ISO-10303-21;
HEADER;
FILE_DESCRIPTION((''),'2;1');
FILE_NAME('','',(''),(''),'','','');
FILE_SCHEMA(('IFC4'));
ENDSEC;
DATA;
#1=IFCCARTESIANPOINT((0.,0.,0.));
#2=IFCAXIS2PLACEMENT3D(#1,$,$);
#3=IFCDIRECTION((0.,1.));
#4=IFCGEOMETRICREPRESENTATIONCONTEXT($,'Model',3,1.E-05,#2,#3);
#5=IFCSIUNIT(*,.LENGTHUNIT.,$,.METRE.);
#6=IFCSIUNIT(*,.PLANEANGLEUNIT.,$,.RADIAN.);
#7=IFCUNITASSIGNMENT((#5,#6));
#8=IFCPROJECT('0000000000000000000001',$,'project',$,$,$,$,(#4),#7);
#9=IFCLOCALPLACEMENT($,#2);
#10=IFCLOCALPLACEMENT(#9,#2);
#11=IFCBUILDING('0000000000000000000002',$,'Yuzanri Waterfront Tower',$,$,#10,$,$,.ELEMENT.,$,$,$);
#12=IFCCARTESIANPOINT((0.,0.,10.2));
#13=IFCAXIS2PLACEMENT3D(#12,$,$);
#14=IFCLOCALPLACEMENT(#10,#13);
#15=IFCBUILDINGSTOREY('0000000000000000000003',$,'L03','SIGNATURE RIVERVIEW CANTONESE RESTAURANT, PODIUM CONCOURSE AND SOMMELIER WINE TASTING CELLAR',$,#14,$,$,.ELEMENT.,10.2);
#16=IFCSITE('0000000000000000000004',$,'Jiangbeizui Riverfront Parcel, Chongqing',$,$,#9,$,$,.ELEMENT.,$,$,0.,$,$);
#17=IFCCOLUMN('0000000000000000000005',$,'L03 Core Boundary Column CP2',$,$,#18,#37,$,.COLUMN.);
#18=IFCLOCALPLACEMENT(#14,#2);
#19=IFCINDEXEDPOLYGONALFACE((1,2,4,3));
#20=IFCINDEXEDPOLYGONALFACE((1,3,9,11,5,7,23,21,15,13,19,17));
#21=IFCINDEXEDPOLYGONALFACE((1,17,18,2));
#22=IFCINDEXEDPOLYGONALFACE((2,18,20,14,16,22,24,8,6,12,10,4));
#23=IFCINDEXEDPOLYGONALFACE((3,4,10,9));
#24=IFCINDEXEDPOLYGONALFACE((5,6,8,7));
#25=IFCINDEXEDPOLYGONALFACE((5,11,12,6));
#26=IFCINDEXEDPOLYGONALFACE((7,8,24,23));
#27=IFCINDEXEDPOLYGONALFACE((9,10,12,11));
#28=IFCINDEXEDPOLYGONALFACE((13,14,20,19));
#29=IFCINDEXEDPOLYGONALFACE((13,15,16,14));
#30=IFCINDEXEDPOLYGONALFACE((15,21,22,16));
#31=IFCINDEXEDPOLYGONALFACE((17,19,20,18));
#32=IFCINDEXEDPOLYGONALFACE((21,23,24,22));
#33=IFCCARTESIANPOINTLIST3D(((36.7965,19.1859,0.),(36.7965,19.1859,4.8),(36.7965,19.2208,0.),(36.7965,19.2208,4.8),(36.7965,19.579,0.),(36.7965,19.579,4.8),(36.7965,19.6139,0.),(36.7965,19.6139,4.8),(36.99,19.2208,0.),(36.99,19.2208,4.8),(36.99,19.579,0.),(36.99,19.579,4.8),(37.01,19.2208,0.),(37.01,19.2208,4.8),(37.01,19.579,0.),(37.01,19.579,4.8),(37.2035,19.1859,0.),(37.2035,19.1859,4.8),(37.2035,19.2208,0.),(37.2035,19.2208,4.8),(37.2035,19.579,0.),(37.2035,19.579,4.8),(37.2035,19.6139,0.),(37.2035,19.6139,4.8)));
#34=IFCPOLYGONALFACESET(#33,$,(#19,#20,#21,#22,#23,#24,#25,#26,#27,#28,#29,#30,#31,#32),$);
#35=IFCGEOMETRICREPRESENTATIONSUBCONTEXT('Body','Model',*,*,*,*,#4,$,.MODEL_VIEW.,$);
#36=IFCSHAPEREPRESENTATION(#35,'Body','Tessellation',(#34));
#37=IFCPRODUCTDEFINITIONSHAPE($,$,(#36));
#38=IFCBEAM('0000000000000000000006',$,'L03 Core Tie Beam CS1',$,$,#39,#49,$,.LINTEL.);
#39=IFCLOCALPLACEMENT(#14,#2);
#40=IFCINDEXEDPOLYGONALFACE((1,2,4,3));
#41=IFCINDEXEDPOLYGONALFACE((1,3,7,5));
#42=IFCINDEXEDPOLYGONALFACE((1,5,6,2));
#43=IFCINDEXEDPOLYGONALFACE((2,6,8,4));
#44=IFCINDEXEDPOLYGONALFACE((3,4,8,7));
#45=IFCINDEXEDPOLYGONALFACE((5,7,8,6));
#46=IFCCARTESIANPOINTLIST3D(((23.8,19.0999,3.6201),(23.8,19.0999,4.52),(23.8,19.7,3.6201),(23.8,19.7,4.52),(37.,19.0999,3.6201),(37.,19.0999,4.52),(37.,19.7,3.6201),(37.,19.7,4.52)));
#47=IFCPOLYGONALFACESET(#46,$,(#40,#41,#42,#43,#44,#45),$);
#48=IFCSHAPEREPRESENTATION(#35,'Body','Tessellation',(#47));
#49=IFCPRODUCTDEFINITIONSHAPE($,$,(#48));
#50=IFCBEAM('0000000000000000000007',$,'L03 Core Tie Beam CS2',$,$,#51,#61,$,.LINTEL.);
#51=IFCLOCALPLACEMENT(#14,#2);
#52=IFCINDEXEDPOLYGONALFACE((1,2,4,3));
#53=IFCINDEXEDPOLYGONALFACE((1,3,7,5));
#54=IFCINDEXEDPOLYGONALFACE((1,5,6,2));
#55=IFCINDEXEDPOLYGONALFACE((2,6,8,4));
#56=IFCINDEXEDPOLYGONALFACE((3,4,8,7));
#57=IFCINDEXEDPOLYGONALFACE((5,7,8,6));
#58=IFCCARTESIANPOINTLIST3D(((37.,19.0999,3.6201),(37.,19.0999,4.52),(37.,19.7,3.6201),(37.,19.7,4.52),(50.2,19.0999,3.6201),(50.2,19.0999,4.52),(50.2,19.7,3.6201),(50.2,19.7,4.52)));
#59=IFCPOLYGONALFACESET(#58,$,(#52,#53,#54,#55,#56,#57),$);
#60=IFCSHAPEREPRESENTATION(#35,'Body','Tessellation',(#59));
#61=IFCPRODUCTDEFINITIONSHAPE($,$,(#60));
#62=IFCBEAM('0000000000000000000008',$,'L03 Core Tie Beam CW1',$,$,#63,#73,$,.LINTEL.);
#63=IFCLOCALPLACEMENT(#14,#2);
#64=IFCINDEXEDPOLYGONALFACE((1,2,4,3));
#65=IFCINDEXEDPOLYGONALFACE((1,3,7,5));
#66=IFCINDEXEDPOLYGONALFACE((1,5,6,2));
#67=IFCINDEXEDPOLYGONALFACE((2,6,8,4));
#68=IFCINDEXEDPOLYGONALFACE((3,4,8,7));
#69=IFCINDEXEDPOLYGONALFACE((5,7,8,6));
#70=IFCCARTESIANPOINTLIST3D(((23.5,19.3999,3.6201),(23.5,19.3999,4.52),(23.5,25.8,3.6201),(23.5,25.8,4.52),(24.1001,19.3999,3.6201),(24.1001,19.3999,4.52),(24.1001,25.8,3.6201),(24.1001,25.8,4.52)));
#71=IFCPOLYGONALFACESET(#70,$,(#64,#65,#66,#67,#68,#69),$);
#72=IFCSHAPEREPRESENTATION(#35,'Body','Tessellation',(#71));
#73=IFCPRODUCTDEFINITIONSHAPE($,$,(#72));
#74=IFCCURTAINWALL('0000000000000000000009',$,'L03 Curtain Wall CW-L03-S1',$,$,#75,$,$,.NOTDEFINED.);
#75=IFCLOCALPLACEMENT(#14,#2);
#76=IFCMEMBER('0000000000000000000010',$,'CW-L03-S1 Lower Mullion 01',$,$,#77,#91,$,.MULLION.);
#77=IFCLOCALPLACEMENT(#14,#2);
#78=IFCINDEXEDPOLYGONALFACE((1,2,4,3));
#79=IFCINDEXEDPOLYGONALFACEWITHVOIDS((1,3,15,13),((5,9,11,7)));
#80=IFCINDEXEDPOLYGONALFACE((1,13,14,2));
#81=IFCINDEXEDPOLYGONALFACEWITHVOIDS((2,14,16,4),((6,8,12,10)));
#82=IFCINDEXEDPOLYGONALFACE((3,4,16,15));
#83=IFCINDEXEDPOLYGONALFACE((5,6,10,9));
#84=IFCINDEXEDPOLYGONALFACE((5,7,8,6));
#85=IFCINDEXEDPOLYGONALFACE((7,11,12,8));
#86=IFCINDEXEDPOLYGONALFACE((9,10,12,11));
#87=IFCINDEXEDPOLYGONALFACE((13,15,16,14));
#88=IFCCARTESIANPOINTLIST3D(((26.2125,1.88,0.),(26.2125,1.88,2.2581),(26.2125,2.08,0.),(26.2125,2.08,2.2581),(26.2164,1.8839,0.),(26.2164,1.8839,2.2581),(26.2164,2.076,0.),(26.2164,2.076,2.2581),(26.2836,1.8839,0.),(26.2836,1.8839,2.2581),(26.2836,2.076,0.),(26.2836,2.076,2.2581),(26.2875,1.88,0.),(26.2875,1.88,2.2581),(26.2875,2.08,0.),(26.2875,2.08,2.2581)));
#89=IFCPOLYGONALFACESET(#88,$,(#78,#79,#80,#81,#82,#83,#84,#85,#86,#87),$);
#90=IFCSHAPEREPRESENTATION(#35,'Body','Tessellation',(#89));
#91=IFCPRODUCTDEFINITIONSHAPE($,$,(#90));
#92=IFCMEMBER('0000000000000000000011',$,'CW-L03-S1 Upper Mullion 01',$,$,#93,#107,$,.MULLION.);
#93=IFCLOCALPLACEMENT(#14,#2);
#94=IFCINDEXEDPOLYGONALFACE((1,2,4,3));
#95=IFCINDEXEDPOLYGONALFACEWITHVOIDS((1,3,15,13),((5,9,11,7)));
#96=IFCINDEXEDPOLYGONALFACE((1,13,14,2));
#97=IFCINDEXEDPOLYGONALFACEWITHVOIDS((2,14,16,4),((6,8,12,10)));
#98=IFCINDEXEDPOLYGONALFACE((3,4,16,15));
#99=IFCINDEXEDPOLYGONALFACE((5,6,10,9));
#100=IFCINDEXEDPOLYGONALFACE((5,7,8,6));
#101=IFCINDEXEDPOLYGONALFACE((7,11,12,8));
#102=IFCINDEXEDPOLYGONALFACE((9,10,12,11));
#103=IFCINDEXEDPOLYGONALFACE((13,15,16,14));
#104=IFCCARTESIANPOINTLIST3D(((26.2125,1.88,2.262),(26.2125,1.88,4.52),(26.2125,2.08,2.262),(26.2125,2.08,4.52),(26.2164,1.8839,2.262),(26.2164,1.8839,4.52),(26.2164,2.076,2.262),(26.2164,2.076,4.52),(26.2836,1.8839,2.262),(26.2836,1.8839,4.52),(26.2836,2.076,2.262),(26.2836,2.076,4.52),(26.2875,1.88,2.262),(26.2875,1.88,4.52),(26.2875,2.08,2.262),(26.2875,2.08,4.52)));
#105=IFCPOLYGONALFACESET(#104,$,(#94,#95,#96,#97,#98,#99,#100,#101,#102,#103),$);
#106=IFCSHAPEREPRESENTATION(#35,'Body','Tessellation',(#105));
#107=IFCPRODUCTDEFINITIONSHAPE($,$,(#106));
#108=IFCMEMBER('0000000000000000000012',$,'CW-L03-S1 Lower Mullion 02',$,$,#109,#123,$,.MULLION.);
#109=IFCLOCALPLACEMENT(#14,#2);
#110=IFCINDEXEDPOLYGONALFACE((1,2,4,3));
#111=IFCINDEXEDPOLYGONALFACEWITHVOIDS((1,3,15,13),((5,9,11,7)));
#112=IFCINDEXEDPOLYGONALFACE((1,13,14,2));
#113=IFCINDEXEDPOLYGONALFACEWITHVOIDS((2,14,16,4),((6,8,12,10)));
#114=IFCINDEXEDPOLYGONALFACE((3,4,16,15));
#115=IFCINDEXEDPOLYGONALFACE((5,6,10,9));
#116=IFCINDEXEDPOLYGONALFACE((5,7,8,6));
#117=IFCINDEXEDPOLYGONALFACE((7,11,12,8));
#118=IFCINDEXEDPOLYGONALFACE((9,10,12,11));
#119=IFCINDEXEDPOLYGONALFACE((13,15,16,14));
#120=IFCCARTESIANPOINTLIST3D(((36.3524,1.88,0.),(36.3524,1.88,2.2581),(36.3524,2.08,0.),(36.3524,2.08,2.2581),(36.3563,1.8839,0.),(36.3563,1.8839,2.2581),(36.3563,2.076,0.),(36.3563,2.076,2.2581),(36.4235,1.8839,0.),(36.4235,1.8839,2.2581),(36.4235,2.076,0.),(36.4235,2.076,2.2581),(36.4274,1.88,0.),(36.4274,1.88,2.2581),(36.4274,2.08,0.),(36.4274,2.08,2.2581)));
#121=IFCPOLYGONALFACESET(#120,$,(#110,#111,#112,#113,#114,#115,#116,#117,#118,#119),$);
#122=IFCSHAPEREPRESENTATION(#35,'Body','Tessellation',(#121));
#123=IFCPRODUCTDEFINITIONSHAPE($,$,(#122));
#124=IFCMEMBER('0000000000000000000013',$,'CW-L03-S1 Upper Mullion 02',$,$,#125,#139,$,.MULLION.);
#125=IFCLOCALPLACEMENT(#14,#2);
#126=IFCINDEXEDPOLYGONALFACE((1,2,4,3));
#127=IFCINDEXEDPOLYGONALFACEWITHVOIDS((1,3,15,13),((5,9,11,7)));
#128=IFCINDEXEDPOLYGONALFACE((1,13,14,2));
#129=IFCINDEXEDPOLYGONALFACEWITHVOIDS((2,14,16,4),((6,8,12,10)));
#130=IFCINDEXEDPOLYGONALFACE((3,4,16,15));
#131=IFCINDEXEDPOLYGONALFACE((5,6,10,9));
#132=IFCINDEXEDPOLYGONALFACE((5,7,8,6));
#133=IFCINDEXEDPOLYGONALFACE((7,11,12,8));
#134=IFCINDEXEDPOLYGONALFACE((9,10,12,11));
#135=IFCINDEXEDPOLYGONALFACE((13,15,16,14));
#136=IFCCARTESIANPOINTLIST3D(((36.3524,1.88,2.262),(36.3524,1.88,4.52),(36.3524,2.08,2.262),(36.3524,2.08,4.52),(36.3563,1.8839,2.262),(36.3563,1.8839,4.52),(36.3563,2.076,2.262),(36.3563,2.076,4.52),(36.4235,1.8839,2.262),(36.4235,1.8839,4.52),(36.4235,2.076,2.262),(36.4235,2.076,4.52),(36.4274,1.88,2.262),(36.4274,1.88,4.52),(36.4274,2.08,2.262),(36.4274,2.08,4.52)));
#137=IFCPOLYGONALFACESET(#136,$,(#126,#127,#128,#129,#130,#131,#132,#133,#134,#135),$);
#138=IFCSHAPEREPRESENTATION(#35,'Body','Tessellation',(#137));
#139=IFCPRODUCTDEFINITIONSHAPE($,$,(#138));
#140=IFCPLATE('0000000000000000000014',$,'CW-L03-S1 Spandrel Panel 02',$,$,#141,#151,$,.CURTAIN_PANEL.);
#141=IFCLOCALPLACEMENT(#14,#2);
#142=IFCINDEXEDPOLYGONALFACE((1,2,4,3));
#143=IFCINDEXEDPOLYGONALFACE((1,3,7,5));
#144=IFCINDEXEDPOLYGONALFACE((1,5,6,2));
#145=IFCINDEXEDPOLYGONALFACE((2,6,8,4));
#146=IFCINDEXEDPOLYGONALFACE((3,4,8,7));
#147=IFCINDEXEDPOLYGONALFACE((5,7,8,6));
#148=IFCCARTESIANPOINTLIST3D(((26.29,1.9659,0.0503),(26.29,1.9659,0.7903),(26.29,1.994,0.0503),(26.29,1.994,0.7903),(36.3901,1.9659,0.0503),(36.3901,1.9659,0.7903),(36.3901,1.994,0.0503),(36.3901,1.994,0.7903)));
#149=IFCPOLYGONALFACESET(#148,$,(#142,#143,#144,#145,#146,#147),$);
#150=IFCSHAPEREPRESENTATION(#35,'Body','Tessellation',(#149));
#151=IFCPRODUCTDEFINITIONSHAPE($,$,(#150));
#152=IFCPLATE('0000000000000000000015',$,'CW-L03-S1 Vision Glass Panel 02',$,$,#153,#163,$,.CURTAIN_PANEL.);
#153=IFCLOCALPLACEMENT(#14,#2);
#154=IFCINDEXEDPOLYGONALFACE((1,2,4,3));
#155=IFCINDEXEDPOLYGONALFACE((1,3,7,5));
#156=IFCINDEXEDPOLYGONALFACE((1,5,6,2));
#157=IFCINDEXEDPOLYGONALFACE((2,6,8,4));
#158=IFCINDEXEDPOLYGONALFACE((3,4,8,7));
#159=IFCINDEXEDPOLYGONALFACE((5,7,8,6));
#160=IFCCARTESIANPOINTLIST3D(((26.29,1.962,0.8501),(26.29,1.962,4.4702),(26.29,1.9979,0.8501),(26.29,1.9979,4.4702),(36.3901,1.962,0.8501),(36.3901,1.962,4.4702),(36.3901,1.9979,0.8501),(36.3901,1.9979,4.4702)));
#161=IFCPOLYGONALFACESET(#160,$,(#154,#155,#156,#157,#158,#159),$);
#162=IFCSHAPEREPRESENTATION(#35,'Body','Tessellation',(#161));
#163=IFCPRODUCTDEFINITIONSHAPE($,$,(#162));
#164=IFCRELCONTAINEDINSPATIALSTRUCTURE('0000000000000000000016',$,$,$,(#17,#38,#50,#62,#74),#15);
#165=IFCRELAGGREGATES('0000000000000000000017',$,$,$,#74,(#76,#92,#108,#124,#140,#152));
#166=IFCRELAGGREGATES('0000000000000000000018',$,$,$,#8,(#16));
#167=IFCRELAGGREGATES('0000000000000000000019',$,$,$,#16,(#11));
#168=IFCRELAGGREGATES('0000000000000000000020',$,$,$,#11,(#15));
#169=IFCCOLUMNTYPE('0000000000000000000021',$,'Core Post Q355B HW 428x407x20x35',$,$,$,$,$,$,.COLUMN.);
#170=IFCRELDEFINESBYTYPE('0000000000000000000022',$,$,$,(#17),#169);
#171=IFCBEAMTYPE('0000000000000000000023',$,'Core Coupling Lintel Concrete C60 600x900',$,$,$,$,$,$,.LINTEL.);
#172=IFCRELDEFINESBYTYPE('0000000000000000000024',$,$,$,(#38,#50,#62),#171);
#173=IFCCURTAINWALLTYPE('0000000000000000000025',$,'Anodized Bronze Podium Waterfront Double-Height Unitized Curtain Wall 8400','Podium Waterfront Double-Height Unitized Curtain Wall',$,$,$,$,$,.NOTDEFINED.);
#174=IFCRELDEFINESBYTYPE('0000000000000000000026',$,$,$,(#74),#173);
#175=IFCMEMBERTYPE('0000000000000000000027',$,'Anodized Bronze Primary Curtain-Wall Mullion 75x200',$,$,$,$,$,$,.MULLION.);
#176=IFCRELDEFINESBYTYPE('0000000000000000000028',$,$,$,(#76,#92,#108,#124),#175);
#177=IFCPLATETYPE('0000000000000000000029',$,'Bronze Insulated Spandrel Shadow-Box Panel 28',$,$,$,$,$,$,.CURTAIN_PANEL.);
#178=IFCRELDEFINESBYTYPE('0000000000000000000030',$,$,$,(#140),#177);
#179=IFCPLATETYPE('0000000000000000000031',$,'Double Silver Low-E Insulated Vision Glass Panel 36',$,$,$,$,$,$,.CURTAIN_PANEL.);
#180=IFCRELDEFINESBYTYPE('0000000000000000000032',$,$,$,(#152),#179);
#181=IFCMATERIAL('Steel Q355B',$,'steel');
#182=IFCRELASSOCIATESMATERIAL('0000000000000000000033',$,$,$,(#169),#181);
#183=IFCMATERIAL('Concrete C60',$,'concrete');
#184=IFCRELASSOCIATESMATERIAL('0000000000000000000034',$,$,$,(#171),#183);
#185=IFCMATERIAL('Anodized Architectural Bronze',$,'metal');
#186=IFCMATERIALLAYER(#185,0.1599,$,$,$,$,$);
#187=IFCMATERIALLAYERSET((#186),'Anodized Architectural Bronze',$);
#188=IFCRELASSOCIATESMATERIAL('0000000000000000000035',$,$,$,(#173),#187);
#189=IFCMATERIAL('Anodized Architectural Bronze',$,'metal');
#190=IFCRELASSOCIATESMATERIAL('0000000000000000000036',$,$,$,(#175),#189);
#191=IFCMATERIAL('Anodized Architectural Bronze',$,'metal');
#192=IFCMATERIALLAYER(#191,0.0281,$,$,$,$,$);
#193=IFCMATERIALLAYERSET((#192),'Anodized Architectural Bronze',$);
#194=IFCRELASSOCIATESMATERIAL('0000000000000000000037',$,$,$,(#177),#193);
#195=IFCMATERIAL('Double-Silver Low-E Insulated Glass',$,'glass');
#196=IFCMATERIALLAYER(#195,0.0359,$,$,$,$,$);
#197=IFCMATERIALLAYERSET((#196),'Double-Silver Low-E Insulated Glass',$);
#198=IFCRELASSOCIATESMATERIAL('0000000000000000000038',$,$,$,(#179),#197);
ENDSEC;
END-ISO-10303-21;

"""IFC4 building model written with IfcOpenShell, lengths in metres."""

from ifc_helpers import new_model, si_unit, direction, frame, origin, origin_2d, place, context, subcontext, project, spatial, rectangle, hollow_rectangle, i_section, extrude, source, transform, mapped, material, layer, layer_set, material_profile, profile_set, type_object, element, aggregate, save


model = new_model("IFC4")

# Units and contexts
model_context = context("Model", 3, precision=1e-05, world=origin(), true_north=direction((0.0, 1.0)))
body_context = subcontext(model_context, "Body", "Model", "MODEL_VIEW")
ifc_project = project(units=[si_unit("LENGTHUNIT", "METRE"), si_unit("PLANEANGLEUNIT", "RADIAN")], contexts=[model_context])

# Site, building, storey
site_placement = place(None, origin())
site = spatial("IfcSite", under=ifc_project, at=site_placement, Name="Jiangbeizui Riverfront Parcel, Chongqing", CompositionType="ELEMENT", RefElevation=0.0)
building_placement = place(site_placement, origin())
building = spatial("IfcBuilding", under=site, at=building_placement, Name="Yuzanri Waterfront Tower", CompositionType="ELEMENT")
storey_placement = place(building_placement, frame((0.0, 0.0, 10.2)))
storey = spatial("IfcBuildingStorey", under=building, at=storey_placement, Name="L03", Description="SIGNATURE RIVERVIEW CANTONESE RESTAURANT, PODIUM CONCOURSE AND SOMMELIER WINE TASTING CELLAR", CompositionType="ELEMENT", Elevation=10.2)

# Column
ifc_material_1 = material(Name="Steel Q355B", Category="steel")
ifc_material_profile_1 = material_profile(ifc_material_1, i_section(OverallWidth=0.407, OverallDepth=0.428, WebThickness=0.02, FlangeThickness=0.0349, at=origin_2d()), Name="HW 428x407x20x35")
ifc_profile_set_1 = profile_set([ifc_material_profile_1], Name="Steel Q355B")
column_type = type_object("IfcColumnType", Name="Core Post Q355B HW 428x407x20x35", PredefinedType="COLUMN", material=ifc_profile_set_1)
shared_shape_1 = source(origin(), body_context, "Body", "SweptSolid", [
    extrude(i_section(OverallWidth=0.407, OverallDepth=0.428, WebThickness=0.02, FlangeThickness=0.0349, at=origin_2d()), origin(), (0.0, 0.0, 1.0), 4.8),
])
column_placement = place(storey_placement, frame((37.0, 19.3999, 0.0), z_axis=(0.0, 0.0, 1.0), x_axis=(1.0, 0.0, 0.0)))
element("IfcColumn", 1, at=column_placement, inside=storey, type_object=column_type, Name="L03 Core Boundary Column CP2", PredefinedType="COLUMN", context=body_context, shape_type="MappedRepresentation", body=[
    mapped(shared_shape_1, transform((0.0, 0.0, 0.0), scale=1.0)),
])

# Beams
ifc_material_2 = material(Name="Concrete C60", Category="concrete")
ifc_material_profile_2 = material_profile(ifc_material_2, rectangle(XDim=0.6001, YDim=0.8999, at=origin_2d()), Name="RC 600x900")
ifc_profile_set_2 = profile_set([ifc_material_profile_2], Name="Concrete C60")
beam_type = type_object("IfcBeamType", Name="Core Coupling Lintel Concrete C60 600x900", PredefinedType="LINTEL", material=ifc_profile_set_2)
shared_shape_2 = source(origin(), body_context, "Body", "SweptSolid", [
    extrude(rectangle(XDim=0.6001, YDim=0.8999, at=origin_2d()), origin(), (0.0, 0.0, 1.0), 13.2),
])
for number, where, z_axis, x_axis, name in (
    (2, (23.8, 19.3999, 4.0701), (1.0, 0.0, 0.0), (0.0, 1.0, 0.0), "L03 Core Tie Beam CS1"),
    (3, (37.0, 19.3999, 4.0701), (1.0, 0.0, 0.0), (0.0, 1.0, 0.0), "L03 Core Tie Beam CS2"),
):
    element("IfcBeam", number, at=place(storey_placement, frame(where, z_axis=z_axis, x_axis=x_axis)), inside=storey, type_object=beam_type, Name=name, PredefinedType="LINTEL", context=body_context, shape_type="MappedRepresentation", body=[
        mapped(shared_shape_2, transform((0.0, 0.0, 0.0), scale=1.0)),
    ])
shared_shape_3 = source(origin(), body_context, "Body", "SweptSolid", [
    extrude(rectangle(XDim=0.6001, YDim=0.8999, at=origin_2d()), origin(), (0.0, 0.0, 1.0), 6.4001),
])
beam_placement = place(storey_placement, frame((23.8, 19.3999, 4.0701), z_axis=(0.0, 1.0, 0.0), x_axis=(-1.0, 0.0, 0.0)))
element("IfcBeam", 4, at=beam_placement, inside=storey, type_object=beam_type, Name="L03 Core Tie Beam CW1", PredefinedType="LINTEL", context=body_context, shape_type="MappedRepresentation", body=[
    mapped(shared_shape_3, transform((0.0, 0.0, 0.0), scale=1.0)),
])

# Curtain wall, members, plates
ifc_material_3 = material(Name="Anodized Architectural Bronze", Category="metal")
ifc_layer_1 = layer(ifc_material_3, 0.1599)
ifc_layer_set_1 = layer_set([ifc_layer_1], Name="Anodized Architectural Bronze")
curtain_wall_type = type_object("IfcCurtainWallType", Name="Anodized Bronze Podium Waterfront Double-Height Unitized Curtain Wall 8400", Description="Podium Waterfront Double-Height Unitized Curtain Wall", PredefinedType="NOTDEFINED", material=ifc_layer_set_1)
curtain_wall_placement = place(storey_placement, origin())
curtain_wall = element("IfcCurtainWall", 5, at=curtain_wall_placement, inside=storey, type_object=curtain_wall_type, Name="L03 Curtain Wall CW-L03-S1", PredefinedType="NOTDEFINED")
ifc_material_4 = material(Name="Anodized Architectural Bronze", Category="metal")
ifc_material_profile_3 = material_profile(ifc_material_4, hollow_rectangle(XDim=0.075, YDim=0.2, WallThickness=0.0039, at=origin_2d()), Name="CWM 75x200")
ifc_profile_set_3 = profile_set([ifc_material_profile_3], Name="Anodized Architectural Bronze")
member_type = type_object("IfcMemberType", Name="Anodized Bronze Primary Curtain-Wall Mullion 75x200", PredefinedType="MULLION", material=ifc_profile_set_3)
shared_shape_4 = source(origin(), body_context, "Body", "SweptSolid", [
    extrude(hollow_rectangle(XDim=0.075, YDim=0.2, WallThickness=0.0039, at=origin_2d()), origin(), (0.0, 0.0, 1.0), 2.2581),
])
member_1_placement = place(storey_placement, frame((26.25, 1.98, 0.0), z_axis=(0.0, 0.0, 1.0), x_axis=(1.0, 0.0, 0.0)))
member_1 = element("IfcMember", 6, at=member_1_placement, type_object=member_type, Name="CW-L03-S1 Lower Mullion 01", PredefinedType="MULLION", context=body_context, shape_type="MappedRepresentation", body=[
    mapped(shared_shape_4, transform((0.0, 0.0, 0.0), scale=1.0)),
])
member_2_placement = place(storey_placement, frame((26.25, 1.98, 2.262), z_axis=(0.0, 0.0, 1.0), x_axis=(1.0, 0.0, 0.0)))
member_2 = element("IfcMember", 7, at=member_2_placement, type_object=member_type, Name="CW-L03-S1 Upper Mullion 01", PredefinedType="MULLION", context=body_context, shape_type="MappedRepresentation", body=[
    mapped(shared_shape_4, transform((0.0, 0.0, 0.0), scale=1.0)),
])
member_3_placement = place(storey_placement, frame((36.3899, 1.98, 0.0), z_axis=(0.0, 0.0, 1.0), x_axis=(1.0, 0.0, 0.0)))
member_3 = element("IfcMember", 8, at=member_3_placement, type_object=member_type, Name="CW-L03-S1 Lower Mullion 02", PredefinedType="MULLION", context=body_context, shape_type="MappedRepresentation", body=[
    mapped(shared_shape_4, transform((0.0, 0.0, 0.0), scale=1.0)),
])
member_4_placement = place(storey_placement, frame((36.3899, 1.98, 2.262), z_axis=(0.0, 0.0, 1.0), x_axis=(1.0, 0.0, 0.0)))
member_4 = element("IfcMember", 9, at=member_4_placement, type_object=member_type, Name="CW-L03-S1 Upper Mullion 02", PredefinedType="MULLION", context=body_context, shape_type="MappedRepresentation", body=[
    mapped(shared_shape_4, transform((0.0, 0.0, 0.0), scale=1.0)),
])
ifc_material_5 = material(Name="Anodized Architectural Bronze", Category="metal")
ifc_layer_2 = layer(ifc_material_5, 0.0281)
ifc_layer_set_2 = layer_set([ifc_layer_2], Name="Anodized Architectural Bronze")
plate_type_1 = type_object("IfcPlateType", Name="Bronze Insulated Spandrel Shadow-Box Panel 28", PredefinedType="CURTAIN_PANEL", material=ifc_layer_set_2)
shared_shape_5 = source(origin(), body_context, "Body", "SweptSolid", [
    extrude(rectangle(XDim=10.1001, YDim=0.0281, at=origin_2d()), origin(), (0.0, 0.0, 1.0), 0.74),
])
plate_1_placement = place(storey_placement, frame((31.3401, 1.98, 0.0503), z_axis=(0.0, 0.0, 1.0), x_axis=(1.0, 0.0, 0.0)))
plate_1 = element("IfcPlate", 10, at=plate_1_placement, type_object=plate_type_1, Name="CW-L03-S1 Spandrel Panel 02", PredefinedType="CURTAIN_PANEL", context=body_context, shape_type="MappedRepresentation", body=[
    mapped(shared_shape_5, transform((0.0, 0.0, 0.0), scale=1.0)),
])
ifc_material_6 = material(Name="Double-Silver Low-E Insulated Glass", Category="glass")
ifc_layer_3 = layer(ifc_material_6, 0.0359)
ifc_layer_set_3 = layer_set([ifc_layer_3], Name="Double-Silver Low-E Insulated Glass")
plate_type_2 = type_object("IfcPlateType", Name="Double Silver Low-E Insulated Vision Glass Panel 36", PredefinedType="CURTAIN_PANEL", material=ifc_layer_set_3)
shared_shape_6 = source(origin(), body_context, "Body", "SweptSolid", [
    extrude(rectangle(XDim=10.1001, YDim=0.0359, at=origin_2d()), origin(), (0.0, 0.0, 1.0), 3.6201),
])
plate_2_placement = place(storey_placement, frame((31.3401, 1.98, 0.8501), z_axis=(0.0, 0.0, 1.0), x_axis=(1.0, 0.0, 0.0)))
plate_2 = element("IfcPlate", 11, at=plate_2_placement, type_object=plate_type_2, Name="CW-L03-S1 Vision Glass Panel 02", PredefinedType="CURTAIN_PANEL", context=body_context, shape_type="MappedRepresentation", body=[
    mapped(shared_shape_6, transform((0.0, 0.0, 0.0), scale=1.0)),
])
aggregate(curtain_wall, [member_1, member_2, member_3, member_4, plate_1, plate_2])

save(model, "model.ifc")
